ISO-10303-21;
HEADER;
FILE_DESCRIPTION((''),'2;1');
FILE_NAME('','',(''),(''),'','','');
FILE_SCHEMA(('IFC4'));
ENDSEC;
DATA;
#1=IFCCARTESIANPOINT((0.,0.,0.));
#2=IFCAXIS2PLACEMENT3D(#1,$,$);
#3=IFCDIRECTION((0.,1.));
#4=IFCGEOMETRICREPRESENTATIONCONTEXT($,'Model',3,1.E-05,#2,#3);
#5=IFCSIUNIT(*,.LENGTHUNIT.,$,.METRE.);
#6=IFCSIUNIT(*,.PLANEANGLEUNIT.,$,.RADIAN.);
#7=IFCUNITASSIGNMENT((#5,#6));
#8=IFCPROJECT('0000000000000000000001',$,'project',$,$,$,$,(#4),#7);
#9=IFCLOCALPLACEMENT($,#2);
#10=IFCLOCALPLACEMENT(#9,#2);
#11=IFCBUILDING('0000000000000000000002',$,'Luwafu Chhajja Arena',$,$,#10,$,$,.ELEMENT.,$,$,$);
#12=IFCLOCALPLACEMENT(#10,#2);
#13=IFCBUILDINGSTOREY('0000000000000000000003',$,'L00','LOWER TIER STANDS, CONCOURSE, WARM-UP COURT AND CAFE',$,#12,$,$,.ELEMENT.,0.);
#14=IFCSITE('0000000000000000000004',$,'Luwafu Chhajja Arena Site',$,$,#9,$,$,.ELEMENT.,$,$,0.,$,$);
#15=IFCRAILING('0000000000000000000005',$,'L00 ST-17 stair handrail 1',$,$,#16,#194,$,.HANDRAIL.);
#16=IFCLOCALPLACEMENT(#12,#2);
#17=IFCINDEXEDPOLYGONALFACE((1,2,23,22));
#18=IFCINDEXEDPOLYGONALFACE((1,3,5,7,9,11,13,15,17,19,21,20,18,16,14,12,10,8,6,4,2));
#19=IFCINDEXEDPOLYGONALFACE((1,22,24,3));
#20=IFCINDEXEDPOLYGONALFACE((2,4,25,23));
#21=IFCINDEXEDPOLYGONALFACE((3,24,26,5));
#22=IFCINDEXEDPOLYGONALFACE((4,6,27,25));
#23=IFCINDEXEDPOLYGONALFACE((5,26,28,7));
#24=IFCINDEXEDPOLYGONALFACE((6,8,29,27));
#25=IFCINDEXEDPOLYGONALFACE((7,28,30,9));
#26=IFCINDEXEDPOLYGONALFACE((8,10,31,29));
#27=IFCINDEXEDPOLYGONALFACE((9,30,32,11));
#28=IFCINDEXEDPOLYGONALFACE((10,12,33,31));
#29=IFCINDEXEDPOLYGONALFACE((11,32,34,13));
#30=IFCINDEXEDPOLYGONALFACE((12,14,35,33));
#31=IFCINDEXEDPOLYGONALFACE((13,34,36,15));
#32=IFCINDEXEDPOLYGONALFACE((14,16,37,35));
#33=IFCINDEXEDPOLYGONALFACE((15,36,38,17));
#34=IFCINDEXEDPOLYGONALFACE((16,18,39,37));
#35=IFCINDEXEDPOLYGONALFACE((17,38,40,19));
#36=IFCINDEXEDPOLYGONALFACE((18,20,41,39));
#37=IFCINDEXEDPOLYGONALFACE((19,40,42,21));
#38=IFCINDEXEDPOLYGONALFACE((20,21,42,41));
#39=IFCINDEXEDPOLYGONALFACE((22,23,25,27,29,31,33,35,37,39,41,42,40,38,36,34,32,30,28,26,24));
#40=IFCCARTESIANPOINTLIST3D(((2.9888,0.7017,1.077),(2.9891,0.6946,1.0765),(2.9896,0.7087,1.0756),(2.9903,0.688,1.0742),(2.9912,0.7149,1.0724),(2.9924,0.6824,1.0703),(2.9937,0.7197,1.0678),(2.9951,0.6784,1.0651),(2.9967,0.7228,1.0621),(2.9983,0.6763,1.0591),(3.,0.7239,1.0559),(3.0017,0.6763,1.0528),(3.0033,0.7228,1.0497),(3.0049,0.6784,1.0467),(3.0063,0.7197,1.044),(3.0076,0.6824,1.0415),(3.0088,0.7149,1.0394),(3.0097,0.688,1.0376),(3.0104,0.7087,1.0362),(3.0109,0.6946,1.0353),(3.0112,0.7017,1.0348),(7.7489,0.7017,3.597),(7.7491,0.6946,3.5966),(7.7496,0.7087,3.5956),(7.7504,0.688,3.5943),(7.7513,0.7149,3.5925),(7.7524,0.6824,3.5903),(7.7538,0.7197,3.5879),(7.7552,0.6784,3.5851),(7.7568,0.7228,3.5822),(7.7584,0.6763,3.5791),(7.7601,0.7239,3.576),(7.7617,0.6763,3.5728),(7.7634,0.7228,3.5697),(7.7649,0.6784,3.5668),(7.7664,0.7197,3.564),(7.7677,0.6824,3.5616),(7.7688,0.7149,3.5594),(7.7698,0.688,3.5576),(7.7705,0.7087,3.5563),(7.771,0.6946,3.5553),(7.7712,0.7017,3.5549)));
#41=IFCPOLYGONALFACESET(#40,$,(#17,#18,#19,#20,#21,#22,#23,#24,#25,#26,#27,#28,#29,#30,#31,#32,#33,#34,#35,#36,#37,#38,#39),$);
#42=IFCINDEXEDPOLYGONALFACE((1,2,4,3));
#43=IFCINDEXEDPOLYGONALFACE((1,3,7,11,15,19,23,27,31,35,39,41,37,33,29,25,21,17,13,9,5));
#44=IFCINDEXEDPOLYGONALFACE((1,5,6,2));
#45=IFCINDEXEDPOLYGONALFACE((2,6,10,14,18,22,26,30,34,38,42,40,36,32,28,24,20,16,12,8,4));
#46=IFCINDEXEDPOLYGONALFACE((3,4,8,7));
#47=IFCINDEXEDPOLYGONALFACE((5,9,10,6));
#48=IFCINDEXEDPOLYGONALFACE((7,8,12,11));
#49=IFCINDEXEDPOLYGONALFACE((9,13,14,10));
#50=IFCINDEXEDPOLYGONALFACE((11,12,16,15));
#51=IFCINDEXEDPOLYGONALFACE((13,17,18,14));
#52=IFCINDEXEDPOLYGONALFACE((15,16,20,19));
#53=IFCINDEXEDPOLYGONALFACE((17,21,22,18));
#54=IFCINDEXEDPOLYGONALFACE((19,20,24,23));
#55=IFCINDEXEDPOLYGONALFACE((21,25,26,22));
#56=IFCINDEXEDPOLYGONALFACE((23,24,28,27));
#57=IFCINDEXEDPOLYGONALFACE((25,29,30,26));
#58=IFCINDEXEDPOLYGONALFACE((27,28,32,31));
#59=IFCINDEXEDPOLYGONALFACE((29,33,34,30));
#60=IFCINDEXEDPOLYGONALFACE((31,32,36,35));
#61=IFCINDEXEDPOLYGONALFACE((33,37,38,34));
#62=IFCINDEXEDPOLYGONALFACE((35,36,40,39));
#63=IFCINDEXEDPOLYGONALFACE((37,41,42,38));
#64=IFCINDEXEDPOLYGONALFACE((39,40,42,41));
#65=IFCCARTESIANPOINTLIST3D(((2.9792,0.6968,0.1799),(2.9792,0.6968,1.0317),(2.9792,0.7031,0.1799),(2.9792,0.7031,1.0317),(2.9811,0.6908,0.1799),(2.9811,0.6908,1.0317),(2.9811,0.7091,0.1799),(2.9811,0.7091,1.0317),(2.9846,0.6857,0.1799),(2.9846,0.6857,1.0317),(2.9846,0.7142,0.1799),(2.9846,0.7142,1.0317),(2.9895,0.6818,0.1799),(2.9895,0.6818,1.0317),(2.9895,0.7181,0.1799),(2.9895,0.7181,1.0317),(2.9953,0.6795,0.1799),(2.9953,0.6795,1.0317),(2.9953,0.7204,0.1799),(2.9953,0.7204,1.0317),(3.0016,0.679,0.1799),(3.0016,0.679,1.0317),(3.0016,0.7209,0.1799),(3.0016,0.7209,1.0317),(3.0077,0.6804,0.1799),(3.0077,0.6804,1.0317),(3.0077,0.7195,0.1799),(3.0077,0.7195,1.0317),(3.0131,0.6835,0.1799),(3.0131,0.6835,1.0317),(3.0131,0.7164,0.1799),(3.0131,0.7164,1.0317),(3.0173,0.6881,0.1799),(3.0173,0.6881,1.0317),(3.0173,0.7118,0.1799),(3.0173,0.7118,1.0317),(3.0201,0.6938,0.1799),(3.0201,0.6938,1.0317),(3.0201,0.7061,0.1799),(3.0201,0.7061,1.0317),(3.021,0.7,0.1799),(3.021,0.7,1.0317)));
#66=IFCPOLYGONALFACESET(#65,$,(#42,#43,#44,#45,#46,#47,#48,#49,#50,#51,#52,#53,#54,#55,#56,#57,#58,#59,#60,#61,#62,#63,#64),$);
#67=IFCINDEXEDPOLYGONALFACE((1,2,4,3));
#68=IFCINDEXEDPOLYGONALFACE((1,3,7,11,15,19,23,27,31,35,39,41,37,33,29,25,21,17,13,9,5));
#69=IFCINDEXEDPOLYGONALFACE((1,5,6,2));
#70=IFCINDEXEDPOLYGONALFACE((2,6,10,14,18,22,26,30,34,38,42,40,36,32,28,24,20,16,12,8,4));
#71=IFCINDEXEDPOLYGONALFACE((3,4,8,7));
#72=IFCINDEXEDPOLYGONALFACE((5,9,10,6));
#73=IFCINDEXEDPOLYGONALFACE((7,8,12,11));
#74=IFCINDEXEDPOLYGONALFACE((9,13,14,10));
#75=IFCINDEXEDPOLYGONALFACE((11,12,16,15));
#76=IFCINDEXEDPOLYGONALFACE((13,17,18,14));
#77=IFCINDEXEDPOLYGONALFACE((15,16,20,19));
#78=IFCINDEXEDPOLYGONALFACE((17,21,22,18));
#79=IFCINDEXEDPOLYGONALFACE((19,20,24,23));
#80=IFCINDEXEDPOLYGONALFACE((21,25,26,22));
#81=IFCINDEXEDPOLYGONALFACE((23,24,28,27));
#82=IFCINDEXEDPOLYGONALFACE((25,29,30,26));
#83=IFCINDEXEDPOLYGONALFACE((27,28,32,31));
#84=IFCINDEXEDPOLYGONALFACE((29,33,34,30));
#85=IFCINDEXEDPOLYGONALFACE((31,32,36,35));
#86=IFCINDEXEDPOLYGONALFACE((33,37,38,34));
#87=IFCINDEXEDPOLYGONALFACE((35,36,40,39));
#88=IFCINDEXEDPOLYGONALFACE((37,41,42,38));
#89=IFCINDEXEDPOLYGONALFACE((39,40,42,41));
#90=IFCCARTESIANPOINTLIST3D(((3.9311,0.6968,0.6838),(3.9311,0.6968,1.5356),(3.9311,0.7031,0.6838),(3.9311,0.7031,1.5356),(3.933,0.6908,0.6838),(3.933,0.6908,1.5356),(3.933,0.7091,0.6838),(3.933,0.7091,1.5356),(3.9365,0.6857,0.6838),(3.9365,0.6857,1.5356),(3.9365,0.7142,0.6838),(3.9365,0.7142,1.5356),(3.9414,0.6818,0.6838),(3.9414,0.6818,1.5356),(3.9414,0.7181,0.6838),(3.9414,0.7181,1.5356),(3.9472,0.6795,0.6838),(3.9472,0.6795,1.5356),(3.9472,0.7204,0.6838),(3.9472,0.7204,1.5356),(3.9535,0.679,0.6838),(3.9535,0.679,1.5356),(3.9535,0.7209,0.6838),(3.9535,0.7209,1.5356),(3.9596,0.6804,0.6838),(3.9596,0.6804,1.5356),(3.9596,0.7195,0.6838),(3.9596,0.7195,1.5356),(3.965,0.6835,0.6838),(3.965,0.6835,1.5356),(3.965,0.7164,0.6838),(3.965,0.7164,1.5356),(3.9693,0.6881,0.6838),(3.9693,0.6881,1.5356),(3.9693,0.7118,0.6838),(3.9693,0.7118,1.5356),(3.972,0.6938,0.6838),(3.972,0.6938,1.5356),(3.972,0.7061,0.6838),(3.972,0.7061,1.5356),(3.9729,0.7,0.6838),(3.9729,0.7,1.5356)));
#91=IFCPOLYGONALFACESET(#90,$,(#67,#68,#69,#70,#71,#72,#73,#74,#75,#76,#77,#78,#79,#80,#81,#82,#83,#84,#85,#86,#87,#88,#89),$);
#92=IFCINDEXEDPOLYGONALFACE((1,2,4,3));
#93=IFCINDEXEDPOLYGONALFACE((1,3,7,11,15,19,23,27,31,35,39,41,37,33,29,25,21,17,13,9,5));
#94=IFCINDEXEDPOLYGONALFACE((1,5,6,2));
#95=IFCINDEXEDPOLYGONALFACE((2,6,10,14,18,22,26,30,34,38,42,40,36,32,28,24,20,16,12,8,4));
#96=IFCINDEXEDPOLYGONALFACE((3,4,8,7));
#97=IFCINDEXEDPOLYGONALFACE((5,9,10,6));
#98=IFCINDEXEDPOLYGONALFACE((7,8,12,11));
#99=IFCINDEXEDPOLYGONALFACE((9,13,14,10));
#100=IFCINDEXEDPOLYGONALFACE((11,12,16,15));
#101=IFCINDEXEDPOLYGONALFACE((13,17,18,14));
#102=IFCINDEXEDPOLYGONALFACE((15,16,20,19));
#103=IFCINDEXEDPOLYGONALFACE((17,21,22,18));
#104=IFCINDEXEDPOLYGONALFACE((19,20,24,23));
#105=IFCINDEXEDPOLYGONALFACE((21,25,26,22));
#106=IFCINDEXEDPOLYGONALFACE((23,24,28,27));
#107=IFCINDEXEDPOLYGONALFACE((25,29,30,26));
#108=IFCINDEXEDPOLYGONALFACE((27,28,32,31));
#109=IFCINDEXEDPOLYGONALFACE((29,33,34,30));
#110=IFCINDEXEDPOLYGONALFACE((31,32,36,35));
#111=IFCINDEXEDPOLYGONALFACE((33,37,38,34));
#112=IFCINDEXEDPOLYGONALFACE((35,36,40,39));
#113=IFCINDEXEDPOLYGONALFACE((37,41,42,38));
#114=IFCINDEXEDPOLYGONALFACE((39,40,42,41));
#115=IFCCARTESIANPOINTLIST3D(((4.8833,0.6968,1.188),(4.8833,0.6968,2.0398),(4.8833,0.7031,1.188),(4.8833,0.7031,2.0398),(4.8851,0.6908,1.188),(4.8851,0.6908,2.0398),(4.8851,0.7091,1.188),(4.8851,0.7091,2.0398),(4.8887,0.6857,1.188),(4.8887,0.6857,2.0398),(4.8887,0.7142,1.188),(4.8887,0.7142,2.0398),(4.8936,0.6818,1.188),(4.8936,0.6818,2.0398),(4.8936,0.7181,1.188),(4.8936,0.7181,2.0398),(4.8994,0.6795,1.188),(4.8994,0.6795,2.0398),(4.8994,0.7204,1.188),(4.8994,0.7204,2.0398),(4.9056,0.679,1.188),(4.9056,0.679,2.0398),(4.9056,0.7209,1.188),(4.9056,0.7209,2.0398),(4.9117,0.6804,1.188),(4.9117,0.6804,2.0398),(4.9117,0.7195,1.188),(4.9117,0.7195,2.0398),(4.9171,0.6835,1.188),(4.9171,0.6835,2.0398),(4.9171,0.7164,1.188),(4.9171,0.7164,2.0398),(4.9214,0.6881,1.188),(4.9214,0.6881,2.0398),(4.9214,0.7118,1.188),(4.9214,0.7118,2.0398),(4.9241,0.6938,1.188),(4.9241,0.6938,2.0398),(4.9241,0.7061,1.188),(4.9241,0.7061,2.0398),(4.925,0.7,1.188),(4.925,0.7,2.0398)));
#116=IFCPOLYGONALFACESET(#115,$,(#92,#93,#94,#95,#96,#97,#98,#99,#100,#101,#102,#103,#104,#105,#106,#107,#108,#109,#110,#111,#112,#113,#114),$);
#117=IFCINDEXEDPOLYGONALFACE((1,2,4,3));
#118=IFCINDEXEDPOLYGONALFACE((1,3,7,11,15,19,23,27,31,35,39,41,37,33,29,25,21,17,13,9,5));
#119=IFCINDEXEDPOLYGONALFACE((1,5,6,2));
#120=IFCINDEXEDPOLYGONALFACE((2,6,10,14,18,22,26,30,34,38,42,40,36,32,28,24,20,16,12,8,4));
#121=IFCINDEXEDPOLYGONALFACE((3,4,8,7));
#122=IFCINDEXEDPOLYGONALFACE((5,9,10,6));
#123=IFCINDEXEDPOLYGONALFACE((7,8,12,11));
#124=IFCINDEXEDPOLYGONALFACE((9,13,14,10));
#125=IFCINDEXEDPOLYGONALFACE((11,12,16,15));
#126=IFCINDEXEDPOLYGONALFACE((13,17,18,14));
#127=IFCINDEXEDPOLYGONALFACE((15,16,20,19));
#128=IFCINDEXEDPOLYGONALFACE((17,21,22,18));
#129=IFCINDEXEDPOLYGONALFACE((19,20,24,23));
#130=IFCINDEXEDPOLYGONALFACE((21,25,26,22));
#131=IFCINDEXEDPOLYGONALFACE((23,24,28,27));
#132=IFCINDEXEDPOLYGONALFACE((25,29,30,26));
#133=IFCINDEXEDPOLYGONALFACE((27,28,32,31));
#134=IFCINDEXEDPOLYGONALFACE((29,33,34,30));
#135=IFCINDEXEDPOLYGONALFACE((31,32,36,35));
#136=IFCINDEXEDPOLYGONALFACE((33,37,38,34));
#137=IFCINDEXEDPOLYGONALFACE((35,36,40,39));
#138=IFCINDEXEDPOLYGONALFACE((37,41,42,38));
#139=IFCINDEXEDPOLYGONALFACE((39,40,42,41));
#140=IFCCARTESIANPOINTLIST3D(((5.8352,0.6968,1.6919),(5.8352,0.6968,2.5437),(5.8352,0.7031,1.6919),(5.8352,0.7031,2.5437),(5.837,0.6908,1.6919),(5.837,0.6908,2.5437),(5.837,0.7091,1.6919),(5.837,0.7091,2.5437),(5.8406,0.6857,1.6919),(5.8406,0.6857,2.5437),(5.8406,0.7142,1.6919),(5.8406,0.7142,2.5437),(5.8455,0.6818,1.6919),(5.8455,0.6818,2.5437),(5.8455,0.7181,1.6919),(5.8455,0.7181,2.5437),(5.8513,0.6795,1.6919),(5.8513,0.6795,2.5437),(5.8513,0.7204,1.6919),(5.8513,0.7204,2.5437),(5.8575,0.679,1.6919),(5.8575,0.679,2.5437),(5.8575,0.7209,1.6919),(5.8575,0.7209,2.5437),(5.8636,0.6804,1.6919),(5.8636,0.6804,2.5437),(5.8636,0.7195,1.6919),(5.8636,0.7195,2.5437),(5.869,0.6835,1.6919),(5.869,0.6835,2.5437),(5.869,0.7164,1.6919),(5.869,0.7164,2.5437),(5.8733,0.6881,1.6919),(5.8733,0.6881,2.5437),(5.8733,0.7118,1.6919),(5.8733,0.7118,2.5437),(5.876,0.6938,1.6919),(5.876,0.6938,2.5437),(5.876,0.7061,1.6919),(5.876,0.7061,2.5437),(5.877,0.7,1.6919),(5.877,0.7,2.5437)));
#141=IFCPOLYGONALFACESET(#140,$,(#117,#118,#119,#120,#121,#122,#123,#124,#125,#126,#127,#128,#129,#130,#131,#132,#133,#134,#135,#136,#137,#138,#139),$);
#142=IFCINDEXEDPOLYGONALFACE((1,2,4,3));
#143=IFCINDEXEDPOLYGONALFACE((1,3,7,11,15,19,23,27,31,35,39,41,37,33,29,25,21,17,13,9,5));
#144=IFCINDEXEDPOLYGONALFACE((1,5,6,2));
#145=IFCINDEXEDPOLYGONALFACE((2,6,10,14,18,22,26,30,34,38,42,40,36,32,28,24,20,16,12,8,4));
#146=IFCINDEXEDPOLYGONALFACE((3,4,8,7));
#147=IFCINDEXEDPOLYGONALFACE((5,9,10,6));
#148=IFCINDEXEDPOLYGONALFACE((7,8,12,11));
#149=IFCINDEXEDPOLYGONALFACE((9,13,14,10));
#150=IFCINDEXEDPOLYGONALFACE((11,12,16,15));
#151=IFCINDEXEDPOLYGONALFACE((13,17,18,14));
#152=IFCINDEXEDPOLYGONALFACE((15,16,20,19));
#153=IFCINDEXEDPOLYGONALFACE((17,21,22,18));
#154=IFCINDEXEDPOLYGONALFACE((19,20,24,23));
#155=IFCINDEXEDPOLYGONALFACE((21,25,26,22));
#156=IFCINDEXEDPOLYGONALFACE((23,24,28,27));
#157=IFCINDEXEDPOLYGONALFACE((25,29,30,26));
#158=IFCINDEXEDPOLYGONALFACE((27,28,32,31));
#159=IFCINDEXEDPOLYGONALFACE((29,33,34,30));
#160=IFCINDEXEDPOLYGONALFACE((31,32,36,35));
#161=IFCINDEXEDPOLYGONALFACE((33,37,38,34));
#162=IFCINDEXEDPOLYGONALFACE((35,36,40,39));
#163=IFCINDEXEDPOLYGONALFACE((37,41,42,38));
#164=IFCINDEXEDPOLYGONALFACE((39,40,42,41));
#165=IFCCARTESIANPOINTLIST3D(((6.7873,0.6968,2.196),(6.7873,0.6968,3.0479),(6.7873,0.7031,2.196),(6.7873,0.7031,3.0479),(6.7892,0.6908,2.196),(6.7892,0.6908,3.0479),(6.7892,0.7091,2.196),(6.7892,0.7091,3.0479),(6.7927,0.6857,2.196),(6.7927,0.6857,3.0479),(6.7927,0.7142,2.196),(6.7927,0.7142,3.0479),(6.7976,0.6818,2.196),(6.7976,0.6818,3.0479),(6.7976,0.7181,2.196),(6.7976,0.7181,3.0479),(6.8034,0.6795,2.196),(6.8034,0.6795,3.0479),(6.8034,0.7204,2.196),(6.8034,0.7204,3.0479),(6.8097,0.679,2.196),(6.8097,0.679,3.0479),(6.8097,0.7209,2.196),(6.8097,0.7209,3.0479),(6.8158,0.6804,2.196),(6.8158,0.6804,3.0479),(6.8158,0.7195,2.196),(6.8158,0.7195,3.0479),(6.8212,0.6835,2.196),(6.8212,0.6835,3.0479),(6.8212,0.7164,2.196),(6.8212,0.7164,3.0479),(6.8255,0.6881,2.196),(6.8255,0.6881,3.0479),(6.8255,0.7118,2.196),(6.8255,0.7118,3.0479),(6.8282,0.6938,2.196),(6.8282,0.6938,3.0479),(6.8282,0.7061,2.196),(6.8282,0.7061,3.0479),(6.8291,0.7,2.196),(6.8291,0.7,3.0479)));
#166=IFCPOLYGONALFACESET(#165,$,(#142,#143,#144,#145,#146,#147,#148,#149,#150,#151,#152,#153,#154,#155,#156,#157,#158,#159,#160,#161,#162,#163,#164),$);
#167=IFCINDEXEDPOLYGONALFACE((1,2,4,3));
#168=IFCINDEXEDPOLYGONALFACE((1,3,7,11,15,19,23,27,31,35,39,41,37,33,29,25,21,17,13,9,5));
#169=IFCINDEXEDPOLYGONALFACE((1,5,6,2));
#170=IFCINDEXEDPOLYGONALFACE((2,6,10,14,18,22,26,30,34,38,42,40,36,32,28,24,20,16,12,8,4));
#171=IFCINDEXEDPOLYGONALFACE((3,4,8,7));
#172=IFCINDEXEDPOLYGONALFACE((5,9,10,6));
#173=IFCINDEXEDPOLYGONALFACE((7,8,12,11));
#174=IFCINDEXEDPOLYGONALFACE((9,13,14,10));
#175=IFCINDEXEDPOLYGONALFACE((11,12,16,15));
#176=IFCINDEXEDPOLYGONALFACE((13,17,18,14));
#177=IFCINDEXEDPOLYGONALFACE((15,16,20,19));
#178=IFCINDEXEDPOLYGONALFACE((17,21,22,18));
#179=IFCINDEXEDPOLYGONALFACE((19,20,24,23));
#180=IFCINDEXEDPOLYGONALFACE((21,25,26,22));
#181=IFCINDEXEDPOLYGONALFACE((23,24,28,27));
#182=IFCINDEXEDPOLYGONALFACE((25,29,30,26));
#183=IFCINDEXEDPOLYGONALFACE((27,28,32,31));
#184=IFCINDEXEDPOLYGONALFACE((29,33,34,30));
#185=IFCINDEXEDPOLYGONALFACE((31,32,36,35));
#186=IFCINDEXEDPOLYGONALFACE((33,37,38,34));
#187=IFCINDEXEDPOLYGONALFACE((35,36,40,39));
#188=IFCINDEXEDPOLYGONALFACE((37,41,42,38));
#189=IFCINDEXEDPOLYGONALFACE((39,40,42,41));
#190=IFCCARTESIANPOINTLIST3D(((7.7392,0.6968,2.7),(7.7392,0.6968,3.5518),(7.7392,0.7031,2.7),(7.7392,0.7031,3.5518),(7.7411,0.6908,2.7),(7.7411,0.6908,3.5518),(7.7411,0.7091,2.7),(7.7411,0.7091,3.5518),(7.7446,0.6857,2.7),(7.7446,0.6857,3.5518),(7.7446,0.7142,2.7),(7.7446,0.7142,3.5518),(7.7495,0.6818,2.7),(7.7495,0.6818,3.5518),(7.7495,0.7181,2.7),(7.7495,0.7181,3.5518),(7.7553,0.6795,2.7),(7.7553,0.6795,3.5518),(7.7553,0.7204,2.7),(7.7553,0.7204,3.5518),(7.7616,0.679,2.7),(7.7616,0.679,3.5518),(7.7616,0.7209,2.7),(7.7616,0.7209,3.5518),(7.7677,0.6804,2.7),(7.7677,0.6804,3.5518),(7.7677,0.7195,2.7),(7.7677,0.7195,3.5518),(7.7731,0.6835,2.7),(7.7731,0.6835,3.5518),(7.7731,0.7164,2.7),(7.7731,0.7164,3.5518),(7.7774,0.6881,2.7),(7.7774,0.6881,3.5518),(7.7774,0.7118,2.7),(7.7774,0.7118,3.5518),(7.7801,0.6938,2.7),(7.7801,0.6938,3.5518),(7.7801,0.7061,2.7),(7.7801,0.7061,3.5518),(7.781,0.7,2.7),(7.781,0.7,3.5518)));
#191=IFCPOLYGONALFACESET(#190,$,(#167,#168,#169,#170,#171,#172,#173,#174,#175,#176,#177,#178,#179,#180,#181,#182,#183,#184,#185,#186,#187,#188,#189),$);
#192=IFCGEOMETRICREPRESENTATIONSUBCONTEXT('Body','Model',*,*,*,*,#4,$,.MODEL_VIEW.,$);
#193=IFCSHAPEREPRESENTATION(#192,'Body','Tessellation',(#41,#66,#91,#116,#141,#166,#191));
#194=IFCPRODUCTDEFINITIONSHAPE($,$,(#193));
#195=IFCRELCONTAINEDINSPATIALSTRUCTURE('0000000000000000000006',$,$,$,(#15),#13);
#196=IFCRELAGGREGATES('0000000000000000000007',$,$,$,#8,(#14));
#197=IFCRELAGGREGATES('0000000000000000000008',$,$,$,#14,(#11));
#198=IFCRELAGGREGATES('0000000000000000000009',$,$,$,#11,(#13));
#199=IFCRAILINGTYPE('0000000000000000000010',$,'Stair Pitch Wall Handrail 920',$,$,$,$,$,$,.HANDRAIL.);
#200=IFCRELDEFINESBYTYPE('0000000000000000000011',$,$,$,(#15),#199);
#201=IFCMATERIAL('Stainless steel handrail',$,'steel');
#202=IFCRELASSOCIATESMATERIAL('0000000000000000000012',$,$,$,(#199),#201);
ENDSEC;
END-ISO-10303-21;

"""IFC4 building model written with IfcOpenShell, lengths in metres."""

from ifc_helpers import new_model, si_unit, direction, frame, origin, origin_2d, place, context, subcontext, project, spatial, circle, extrude, material, type_object, element, save


model = new_model("IFC4")

# Units and contexts
model_context = context("Model", 3, precision=1e-05, world=origin(), true_north=direction((0.0, 1.0)))
body_context = subcontext(model_context, "Body", "Model", "MODEL_VIEW")
ifc_project = project(units=[si_unit("LENGTHUNIT", "METRE"), si_unit("PLANEANGLEUNIT", "RADIAN")], contexts=[model_context])

# Site, building, storey
site_placement = place(None, origin())
site = spatial("IfcSite", under=ifc_project, at=site_placement, Name="Luwafu Chhajja Arena Site", CompositionType="ELEMENT", RefElevation=0.0)
building_placement = place(site_placement, origin())
building = spatial("IfcBuilding", under=site, at=building_placement, Name="Luwafu Chhajja Arena", CompositionType="ELEMENT")
storey_placement = place(building_placement, origin())
storey = spatial("IfcBuildingStorey", under=building, at=storey_placement, Name="L00", Description="LOWER TIER STANDS, CONCOURSE, WARM-UP COURT AND CAFE", CompositionType="ELEMENT", Elevation=0.0)

# Railing
ifc_material_1 = material(Name="Stainless steel handrail", Category="steel")
railing_type_1 = type_object("IfcRailingType", Name="Stair Pitch Wall Handrail 920", PredefinedType="HANDRAIL", material=ifc_material_1)
railing_1_placement = place(storey_placement, frame((3.0, 0.7, 0.1799)))
element("IfcRailing", 1, at=railing_1_placement, inside=storey, type_object=railing_type_1, Name="L00 ST-17 stair handrail 1", PredefinedType="HANDRAIL", context=body_context, shape_type="SweptSolid", body=[
    extrude(circle(Radius=0.0239, at=origin_2d()), frame((0.0, 0.0, 0.876), z_axis=(0.883787, 0.0, 0.46789), x_axis=(0.0, 1.0, 0.0)), (0.0, 0.0, 1.0), 5.386),
    extrude(circle(Radius=0.021, at=origin_2d()), origin(), (0.0, 0.0, 1.0), 0.8518),
    extrude(circle(Radius=0.021, at=origin_2d()), frame((0.9519, 0.0, 0.5039)), (0.0, 0.0, 1.0), 0.8518),
    extrude(circle(Radius=0.021, at=origin_2d()), frame((1.9041, 0.0, 1.0081)), (0.0, 0.0, 1.0), 0.8518),
    extrude(circle(Radius=0.021, at=origin_2d()), frame((2.856, 0.0, 1.512)), (0.0, 0.0, 1.0), 0.8518),
    extrude(circle(Radius=0.021, at=origin_2d()), frame((3.8081, 0.0, 2.0161)), (0.0, 0.0, 1.0), 0.8518),
    extrude(circle(Radius=0.021, at=origin_2d()), frame((4.76, 0.0, 2.52)), (0.0, 0.0, 1.0), 0.8518),
])

save(model, "model.ifc")
